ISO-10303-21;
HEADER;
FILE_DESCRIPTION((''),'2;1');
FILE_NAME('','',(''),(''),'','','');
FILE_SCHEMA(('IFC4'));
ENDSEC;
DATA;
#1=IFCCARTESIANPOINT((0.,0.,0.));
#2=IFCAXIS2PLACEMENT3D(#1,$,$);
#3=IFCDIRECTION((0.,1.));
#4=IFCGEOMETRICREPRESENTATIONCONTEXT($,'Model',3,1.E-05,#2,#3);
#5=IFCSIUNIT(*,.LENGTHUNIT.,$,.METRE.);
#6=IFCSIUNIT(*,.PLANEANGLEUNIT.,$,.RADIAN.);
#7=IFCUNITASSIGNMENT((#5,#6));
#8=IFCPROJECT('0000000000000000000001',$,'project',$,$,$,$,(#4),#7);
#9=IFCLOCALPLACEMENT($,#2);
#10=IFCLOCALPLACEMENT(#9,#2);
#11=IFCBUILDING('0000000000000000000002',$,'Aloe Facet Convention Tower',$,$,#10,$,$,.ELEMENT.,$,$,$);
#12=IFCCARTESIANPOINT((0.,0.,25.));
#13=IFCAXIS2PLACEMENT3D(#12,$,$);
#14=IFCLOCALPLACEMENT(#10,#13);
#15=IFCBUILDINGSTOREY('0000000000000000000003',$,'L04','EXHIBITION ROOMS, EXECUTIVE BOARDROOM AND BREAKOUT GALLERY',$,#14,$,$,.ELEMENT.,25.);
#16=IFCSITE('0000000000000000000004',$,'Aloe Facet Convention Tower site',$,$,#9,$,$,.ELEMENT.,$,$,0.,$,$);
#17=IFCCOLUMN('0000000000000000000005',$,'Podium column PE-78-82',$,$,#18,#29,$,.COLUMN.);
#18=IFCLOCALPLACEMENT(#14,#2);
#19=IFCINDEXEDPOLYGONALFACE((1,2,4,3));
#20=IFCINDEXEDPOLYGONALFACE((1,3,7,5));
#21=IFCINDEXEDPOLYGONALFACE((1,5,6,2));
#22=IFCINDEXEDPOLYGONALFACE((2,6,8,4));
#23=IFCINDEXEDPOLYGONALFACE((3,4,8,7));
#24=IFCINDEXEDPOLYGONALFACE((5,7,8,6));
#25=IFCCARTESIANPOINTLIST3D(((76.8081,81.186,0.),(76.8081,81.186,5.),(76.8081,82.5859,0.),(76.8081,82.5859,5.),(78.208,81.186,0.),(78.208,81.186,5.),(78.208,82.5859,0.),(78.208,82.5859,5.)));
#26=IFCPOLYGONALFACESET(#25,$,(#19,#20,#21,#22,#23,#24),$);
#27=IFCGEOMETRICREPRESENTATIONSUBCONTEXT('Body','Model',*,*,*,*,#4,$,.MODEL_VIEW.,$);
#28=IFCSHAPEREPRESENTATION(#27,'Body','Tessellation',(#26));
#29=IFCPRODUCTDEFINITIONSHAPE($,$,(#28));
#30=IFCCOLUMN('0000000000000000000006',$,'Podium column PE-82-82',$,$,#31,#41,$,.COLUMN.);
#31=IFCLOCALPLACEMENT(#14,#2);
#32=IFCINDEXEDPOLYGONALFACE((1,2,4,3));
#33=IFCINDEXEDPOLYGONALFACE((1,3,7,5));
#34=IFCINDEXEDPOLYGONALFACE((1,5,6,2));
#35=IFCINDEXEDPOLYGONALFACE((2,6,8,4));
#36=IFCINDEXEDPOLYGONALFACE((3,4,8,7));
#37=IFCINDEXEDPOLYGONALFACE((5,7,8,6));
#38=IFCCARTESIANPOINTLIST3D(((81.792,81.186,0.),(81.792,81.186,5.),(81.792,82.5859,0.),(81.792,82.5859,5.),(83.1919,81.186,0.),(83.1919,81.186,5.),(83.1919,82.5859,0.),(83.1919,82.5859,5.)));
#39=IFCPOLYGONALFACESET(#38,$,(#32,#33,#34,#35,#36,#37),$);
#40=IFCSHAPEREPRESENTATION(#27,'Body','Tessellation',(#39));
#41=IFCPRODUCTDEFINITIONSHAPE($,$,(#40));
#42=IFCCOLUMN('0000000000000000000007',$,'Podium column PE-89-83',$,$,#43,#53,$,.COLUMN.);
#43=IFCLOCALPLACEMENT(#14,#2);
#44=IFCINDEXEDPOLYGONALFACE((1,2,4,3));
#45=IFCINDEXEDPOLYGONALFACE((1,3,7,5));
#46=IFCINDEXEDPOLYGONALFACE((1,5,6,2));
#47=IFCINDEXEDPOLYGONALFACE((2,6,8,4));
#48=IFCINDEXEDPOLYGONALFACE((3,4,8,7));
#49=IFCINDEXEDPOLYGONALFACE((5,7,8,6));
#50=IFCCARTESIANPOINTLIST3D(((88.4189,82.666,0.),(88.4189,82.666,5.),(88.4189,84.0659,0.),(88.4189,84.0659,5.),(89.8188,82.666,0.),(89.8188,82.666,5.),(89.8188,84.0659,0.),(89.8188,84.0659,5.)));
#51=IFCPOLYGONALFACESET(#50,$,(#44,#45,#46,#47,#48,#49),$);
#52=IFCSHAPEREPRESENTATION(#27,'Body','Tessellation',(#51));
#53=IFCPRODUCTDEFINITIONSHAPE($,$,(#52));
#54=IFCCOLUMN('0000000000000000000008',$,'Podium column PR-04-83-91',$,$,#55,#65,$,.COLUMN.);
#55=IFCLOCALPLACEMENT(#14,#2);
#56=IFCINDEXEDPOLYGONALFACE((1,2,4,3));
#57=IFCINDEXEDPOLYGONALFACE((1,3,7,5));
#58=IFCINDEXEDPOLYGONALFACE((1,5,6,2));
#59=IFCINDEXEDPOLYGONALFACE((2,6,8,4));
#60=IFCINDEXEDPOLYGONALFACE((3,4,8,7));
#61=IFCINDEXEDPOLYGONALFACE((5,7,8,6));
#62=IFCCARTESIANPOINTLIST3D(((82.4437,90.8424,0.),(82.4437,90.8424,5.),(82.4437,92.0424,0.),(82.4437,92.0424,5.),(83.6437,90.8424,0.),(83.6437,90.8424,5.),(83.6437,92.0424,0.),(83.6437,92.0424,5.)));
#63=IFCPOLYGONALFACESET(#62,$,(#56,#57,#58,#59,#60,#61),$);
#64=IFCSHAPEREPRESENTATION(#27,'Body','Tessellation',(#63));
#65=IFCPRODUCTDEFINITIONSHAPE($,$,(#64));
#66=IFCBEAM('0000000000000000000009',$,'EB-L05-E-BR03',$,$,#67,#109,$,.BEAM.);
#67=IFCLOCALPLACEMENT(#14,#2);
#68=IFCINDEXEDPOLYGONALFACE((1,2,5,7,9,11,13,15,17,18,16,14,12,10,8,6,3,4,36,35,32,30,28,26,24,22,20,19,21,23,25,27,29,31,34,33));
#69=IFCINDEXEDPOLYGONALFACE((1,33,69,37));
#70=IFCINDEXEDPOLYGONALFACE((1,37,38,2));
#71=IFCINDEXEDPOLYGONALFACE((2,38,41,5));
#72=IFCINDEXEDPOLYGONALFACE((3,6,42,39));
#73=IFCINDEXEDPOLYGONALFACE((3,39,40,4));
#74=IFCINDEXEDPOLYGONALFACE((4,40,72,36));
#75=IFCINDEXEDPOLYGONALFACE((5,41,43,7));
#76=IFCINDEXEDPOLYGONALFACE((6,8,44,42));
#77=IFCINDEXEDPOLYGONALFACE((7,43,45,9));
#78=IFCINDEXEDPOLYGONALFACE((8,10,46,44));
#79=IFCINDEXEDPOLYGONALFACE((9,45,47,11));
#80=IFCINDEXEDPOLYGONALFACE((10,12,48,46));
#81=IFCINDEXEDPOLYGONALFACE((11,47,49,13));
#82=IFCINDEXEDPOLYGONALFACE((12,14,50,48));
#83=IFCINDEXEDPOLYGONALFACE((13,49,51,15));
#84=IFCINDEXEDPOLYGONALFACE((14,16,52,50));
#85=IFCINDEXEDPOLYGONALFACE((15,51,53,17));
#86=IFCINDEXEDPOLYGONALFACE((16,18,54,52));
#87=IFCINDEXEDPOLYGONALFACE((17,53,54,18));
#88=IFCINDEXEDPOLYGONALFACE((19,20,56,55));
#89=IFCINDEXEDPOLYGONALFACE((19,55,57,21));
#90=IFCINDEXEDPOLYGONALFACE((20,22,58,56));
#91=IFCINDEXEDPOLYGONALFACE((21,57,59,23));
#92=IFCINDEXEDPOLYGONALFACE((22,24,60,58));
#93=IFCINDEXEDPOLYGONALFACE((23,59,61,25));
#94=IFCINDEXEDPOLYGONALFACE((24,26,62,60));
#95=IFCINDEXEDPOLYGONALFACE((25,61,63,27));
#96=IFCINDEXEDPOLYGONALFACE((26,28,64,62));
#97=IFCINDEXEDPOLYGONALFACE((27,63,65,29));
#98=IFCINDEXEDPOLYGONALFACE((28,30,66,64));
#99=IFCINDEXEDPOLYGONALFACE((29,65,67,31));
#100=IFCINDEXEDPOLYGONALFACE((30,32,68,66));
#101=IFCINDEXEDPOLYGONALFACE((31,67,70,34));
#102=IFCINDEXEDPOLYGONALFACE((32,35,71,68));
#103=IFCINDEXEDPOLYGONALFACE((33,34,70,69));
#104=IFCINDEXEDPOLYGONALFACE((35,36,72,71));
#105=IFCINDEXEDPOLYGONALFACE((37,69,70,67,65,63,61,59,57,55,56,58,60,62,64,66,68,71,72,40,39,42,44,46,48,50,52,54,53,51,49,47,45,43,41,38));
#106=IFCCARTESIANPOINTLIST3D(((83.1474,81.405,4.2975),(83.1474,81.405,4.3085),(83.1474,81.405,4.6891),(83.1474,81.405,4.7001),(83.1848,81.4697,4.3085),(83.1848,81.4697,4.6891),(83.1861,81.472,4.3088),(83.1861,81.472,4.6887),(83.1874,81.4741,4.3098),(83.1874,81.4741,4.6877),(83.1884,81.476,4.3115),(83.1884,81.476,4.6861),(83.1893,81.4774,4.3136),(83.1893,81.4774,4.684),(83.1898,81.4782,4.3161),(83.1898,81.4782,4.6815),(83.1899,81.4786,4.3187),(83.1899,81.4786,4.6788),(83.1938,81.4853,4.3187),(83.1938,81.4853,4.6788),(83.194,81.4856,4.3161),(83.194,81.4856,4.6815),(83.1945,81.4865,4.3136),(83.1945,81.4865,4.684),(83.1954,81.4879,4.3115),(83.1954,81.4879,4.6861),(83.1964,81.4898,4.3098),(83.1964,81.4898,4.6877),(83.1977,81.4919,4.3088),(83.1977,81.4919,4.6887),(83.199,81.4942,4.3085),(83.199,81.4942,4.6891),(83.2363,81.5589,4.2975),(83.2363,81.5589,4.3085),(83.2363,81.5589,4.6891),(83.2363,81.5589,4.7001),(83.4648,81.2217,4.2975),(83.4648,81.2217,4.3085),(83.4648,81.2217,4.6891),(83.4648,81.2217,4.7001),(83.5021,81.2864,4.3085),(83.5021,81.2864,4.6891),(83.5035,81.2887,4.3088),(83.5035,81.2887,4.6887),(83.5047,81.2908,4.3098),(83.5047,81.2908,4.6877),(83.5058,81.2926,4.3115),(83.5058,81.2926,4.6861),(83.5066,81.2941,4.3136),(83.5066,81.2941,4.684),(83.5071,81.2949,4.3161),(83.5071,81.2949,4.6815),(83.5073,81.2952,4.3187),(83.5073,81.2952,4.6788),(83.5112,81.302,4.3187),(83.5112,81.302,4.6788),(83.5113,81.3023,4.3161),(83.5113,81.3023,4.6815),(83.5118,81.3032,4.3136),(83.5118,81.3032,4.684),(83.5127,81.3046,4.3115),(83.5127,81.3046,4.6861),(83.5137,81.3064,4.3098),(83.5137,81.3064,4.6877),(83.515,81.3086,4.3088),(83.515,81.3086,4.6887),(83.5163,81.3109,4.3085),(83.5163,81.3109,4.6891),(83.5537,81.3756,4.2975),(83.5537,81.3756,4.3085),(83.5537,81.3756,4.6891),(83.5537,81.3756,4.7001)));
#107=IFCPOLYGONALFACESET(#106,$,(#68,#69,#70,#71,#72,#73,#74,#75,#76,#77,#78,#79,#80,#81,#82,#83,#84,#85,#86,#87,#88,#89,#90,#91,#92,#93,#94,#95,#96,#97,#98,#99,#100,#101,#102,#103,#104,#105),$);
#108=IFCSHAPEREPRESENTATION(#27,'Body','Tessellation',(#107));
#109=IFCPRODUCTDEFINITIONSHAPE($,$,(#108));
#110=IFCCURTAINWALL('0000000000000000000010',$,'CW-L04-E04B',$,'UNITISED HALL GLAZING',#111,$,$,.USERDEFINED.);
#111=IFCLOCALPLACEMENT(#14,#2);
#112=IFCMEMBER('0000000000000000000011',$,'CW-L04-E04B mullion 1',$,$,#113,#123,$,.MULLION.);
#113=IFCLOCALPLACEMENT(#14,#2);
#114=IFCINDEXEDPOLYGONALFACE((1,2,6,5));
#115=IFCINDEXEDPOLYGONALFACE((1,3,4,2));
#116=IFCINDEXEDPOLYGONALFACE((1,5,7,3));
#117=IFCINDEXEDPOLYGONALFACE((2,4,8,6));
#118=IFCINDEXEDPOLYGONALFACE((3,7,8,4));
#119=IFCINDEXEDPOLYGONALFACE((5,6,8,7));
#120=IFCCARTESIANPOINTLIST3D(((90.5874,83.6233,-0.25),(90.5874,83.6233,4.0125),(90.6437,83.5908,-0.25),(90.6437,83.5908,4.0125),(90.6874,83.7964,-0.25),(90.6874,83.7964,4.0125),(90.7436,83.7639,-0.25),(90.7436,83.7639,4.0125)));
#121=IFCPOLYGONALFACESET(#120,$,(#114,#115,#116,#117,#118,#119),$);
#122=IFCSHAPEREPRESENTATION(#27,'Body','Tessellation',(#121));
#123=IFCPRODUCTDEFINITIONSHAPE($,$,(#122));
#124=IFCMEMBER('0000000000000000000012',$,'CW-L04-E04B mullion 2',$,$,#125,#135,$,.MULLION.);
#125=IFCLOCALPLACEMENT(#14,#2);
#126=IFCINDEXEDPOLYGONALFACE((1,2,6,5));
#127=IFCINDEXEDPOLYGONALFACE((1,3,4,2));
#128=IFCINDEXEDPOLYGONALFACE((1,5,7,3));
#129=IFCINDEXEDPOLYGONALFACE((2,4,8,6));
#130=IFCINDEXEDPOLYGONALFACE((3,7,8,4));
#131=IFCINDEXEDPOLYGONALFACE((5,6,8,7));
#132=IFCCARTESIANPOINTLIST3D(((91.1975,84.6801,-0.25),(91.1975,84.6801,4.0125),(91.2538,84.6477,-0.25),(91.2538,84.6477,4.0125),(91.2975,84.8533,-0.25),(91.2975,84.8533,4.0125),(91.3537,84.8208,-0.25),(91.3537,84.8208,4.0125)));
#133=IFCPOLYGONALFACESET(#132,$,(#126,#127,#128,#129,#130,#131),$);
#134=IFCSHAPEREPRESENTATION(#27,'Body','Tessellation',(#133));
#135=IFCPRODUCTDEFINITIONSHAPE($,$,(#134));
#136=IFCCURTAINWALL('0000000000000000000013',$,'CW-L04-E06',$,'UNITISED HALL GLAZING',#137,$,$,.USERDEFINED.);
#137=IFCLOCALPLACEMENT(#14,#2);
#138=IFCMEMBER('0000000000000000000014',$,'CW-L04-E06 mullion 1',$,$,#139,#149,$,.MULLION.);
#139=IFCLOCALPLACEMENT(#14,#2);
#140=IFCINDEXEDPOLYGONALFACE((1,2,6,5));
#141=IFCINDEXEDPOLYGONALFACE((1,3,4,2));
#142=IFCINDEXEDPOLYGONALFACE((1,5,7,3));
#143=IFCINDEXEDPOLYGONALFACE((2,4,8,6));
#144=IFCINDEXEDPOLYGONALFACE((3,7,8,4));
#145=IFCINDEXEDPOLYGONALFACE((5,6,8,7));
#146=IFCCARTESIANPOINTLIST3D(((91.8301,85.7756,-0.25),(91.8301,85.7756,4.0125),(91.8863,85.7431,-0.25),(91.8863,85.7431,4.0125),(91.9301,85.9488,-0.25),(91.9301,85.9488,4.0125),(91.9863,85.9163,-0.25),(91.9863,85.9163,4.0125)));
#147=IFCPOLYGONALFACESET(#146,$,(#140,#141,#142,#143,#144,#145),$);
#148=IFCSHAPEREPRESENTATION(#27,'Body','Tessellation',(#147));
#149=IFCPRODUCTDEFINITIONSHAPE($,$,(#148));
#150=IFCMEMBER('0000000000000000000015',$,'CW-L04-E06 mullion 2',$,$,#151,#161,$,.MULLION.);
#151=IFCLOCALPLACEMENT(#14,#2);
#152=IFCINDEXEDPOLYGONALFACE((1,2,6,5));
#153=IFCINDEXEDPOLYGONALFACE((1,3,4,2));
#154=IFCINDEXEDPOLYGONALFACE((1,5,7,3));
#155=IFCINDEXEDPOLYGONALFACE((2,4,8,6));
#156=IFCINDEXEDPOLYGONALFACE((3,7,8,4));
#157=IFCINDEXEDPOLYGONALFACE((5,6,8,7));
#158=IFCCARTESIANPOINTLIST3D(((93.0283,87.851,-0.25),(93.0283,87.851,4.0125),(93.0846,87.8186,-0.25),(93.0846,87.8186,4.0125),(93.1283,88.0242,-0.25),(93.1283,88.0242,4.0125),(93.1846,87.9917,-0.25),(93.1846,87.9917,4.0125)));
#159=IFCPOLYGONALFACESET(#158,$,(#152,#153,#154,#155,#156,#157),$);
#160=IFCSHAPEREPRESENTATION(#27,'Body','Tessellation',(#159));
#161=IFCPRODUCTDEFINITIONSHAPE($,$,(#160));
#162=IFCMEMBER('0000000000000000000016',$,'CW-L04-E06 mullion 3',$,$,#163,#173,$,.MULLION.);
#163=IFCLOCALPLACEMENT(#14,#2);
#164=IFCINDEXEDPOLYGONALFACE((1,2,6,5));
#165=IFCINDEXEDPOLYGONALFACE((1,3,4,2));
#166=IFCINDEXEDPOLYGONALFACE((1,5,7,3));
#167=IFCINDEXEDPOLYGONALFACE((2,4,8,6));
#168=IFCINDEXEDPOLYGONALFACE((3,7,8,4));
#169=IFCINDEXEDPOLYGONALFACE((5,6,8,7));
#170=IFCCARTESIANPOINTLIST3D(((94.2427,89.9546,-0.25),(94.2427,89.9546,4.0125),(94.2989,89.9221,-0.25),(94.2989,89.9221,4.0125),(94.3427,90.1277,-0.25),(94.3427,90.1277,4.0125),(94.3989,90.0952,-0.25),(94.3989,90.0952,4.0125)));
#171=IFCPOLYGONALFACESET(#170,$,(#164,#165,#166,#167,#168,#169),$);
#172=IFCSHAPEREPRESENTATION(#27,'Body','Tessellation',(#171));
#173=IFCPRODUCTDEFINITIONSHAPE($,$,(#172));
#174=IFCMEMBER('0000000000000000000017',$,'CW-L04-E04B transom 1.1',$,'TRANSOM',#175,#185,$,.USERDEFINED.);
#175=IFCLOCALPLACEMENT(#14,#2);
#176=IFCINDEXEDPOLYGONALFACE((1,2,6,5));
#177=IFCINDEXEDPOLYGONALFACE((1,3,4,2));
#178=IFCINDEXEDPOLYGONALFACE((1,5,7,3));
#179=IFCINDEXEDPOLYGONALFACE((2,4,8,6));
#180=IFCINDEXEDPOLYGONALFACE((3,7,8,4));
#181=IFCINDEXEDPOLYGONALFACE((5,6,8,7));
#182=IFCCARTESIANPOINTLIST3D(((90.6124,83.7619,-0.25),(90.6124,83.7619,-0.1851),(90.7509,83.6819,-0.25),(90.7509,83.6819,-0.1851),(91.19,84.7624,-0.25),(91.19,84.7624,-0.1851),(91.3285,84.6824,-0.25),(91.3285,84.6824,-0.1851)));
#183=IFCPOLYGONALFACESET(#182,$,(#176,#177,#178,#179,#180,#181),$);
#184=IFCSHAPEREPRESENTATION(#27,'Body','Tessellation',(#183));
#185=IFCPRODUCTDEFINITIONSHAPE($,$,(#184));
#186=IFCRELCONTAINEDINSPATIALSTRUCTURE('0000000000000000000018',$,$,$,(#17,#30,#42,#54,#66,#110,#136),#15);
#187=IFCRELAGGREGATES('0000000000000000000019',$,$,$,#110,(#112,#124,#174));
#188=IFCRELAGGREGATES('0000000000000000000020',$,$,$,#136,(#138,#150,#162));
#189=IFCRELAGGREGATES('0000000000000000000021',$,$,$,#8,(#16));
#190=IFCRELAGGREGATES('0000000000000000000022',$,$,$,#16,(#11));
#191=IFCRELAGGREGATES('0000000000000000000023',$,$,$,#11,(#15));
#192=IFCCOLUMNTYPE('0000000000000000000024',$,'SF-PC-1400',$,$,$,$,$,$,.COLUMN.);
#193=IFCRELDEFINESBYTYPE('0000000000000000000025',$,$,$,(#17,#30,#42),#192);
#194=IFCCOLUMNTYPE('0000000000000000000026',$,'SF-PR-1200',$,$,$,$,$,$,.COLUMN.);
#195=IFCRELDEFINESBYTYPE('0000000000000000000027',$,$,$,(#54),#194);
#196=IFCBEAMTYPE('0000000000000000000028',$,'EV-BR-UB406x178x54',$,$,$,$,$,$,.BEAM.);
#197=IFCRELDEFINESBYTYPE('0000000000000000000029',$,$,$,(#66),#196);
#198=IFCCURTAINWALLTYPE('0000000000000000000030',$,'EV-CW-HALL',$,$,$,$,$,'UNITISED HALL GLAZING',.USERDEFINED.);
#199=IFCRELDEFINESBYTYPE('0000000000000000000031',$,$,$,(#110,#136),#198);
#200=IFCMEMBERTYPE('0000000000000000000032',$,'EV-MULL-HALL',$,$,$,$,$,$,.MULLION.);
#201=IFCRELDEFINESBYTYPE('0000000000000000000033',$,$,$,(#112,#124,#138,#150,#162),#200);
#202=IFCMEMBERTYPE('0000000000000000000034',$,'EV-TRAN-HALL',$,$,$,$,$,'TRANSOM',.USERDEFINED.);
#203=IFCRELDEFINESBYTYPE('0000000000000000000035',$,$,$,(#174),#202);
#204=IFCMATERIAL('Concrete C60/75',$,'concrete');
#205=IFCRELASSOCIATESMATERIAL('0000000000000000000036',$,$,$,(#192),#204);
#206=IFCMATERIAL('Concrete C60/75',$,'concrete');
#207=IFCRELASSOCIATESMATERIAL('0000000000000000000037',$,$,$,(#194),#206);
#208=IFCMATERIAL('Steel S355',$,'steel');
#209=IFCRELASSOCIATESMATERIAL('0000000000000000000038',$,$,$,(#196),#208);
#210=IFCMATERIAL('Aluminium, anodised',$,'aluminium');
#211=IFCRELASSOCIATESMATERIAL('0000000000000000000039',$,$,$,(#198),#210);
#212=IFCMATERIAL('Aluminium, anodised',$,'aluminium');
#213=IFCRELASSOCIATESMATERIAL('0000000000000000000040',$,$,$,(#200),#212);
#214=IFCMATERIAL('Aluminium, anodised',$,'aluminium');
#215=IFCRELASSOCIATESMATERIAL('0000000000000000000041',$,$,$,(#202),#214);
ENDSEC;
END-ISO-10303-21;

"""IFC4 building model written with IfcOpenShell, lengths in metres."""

from ifc_helpers import new_model, si_unit, direction, frame, origin, origin_2d, place, context, subcontext, project, spatial, rectangle, i_section, extrude, material, material_profile, profile_set, type_object, element, aggregate, save


model = new_model("IFC4")

# Units and contexts
model_context = context("Model", 3, precision=1e-05, world=origin(), true_north=direction((0.0, 1.0)))
body_context = subcontext(model_context, "Body", "Model", "MODEL_VIEW")
ifc_project = project(units=[si_unit("LENGTHUNIT", "METRE"), si_unit("PLANEANGLEUNIT", "RADIAN")], contexts=[model_context])

# Site, building, storey
site_placement = place(None, origin())
site = spatial("IfcSite", under=ifc_project, at=site_placement, Name="Aloe Facet Convention Tower site", CompositionType="ELEMENT", RefElevation=0.0)
building_placement = place(site_placement, origin())
building = spatial("IfcBuilding", under=site, at=building_placement, Name="Aloe Facet Convention Tower", CompositionType="ELEMENT")
storey_placement = place(building_placement, frame((0.0, 0.0, 25.0)))
storey = spatial("IfcBuildingStorey", under=building, at=storey_placement, Name="L04", Description="EXHIBITION ROOMS, EXECUTIVE BOARDROOM AND BREAKOUT GALLERY", CompositionType="ELEMENT", Elevation=25.0)

# Columns
ifc_material_1 = material(Name="Concrete C60/75", Category="concrete")
ifc_material_profile_1 = material_profile(ifc_material_1, rectangle(XDim=1.3999, YDim=1.3999, at=origin_2d()), Name="SF-PC-1400")
ifc_profile_set_1 = profile_set([ifc_material_profile_1], Name="Concrete C60/75")
column_type_1 = type_object("IfcColumnType", Name="SF-PC-1400", PredefinedType="COLUMN", material=ifc_profile_set_1)
for number, where, z_axis, x_axis, name in (
    (1, (77.5081, 81.886, 0.0), (0.0, 0.0, 1.0), (1.0, 0.0, 0.0), "Podium column PE-78-82"),
    (2, (82.4919, 81.886, 0.0), (0.0, 0.0, 1.0), (1.0, 0.0, 0.0), "Podium column PE-82-82"),
    (3, (89.1189, 83.366, 0.0), (0.0, 0.0, 1.0), (1.0, 0.0, 0.0), "Podium column PE-89-83"),
):
    element("IfcColumn", number, at=place(storey_placement, frame(where, z_axis=z_axis, x_axis=x_axis)), inside=storey, type_object=column_type_1, Name=name, PredefinedType="COLUMN", context=body_context, shape_type="SweptSolid", body=[
        extrude(rectangle(XDim=1.3999, YDim=1.3999, at=origin_2d()), origin(), (0.0, 0.0, 1.0), 5.0),
    ])
ifc_material_2 = material(Name="Concrete C60/75", Category="concrete")
ifc_material_profile_2 = material_profile(ifc_material_2, rectangle(XDim=1.2, YDim=1.2, at=origin_2d()), Name="SF-PR-1200")
ifc_profile_set_2 = profile_set([ifc_material_profile_2], Name="Concrete C60/75")
column_type_2 = type_object("IfcColumnType", Name="SF-PR-1200", PredefinedType="COLUMN", material=ifc_profile_set_2)
column_placement = place(storey_placement, frame((83.0437, 91.4424, 0.0), z_axis=(0.0, 0.0, 1.0), x_axis=(1.0, 0.0, 0.0)))
element("IfcColumn", 4, at=column_placement, inside=storey, type_object=column_type_2, Name="Podium column PR-04-83-91", PredefinedType="COLUMN", context=body_context, shape_type="SweptSolid", body=[
    extrude(rectangle(XDim=1.2, YDim=1.2, at=origin_2d()), origin(), (0.0, 0.0, 1.0), 5.0),
])

# Beam
ifc_material_3 = material(Name="Steel S355", Category="steel")
ifc_material_profile_3 = material_profile(ifc_material_3, i_section(OverallWidth=0.1777, OverallDepth=0.4026, WebThickness=0.0078, FlangeThickness=0.011, FilletRadius=0.0103, at=origin_2d()), Name="UB 406x178x54")
ifc_profile_set_3 = profile_set([ifc_material_profile_3], Name="Steel S355")
beam_type_1 = type_object("IfcBeamType", Name="EV-BR-UB406x178x54", PredefinedType="BEAM", material=ifc_profile_set_3)
beam_1_placement = place(storey_placement, frame((83.1919, 81.4819, 4.4988), z_axis=(0.865897, -0.500222, 0.0), x_axis=(0.500222, 0.865897, 0.0)))
element("IfcBeam", 5, at=beam_1_placement, inside=storey, type_object=beam_type_1, Name="EB-L05-E-BR03", PredefinedType="BEAM", context=body_context, shape_type="SweptSolid", body=[
    extrude(i_section(OverallWidth=0.1777, OverallDepth=0.4026, WebThickness=0.0078, FlangeThickness=0.011, FilletRadius=0.0103, at=origin_2d()), origin(), (0.0, 0.0, 1.0), 0.3665),
])

# Curtain walls, members
ifc_material_4 = material(Name="Aluminium, anodised", Category="aluminium")
curtain_wall_type = type_object("IfcCurtainWallType", Name="EV-CW-HALL", ElementType="UNITISED HALL GLAZING", PredefinedType="USERDEFINED", material=ifc_material_4)
curtain_wall_1_placement = place(storey_placement, origin())
curtain_wall_1 = element("IfcCurtainWall", 6, at=curtain_wall_1_placement, inside=storey, type_object=curtain_wall_type, Name="CW-L04-E04B", ObjectType="UNITISED HALL GLAZING", PredefinedType="USERDEFINED")
ifc_material_5 = material(Name="Aluminium, anodised", Category="aluminium")
ifc_material_profile_4 = material_profile(ifc_material_5, rectangle(XDim=0.0649, YDim=0.2, at=origin_2d()), Name="AL 65x200")
ifc_profile_set_4 = profile_set([ifc_material_profile_4], Name="Aluminium, anodised")
member_type_1 = type_object("IfcMemberType", Name="EV-MULL-HALL", PredefinedType="MULLION", material=ifc_profile_set_4)
member_1_placement = place(storey_placement, frame((90.6655, 83.6936, -0.25), z_axis=(0.0, 0.0, 1.0), x_axis=(-0.866025, 0.5, 0.0)))
member_1 = element("IfcMember", 7, at=member_1_placement, type_object=member_type_1, Name="CW-L04-E04B mullion 1", PredefinedType="MULLION", context=body_context, shape_type="SweptSolid", body=[
    extrude(rectangle(XDim=0.0649, YDim=0.2, at=origin_2d()), origin(), (0.0, 0.0, 1.0), 4.2625),
])
member_2_placement = place(storey_placement, frame((91.2756, 84.7505, -0.25), z_axis=(0.0, 0.0, 1.0), x_axis=(-0.866025, 0.5, 0.0)))
member_2 = element("IfcMember", 8, at=member_2_placement, type_object=member_type_1, Name="CW-L04-E04B mullion 2", PredefinedType="MULLION", context=body_context, shape_type="SweptSolid", body=[
    extrude(rectangle(XDim=0.0649, YDim=0.2, at=origin_2d()), origin(), (0.0, 0.0, 1.0), 4.2625),
])
curtain_wall_2_placement = place(storey_placement, origin())
curtain_wall_2 = element("IfcCurtainWall", 9, at=curtain_wall_2_placement, inside=storey, type_object=curtain_wall_type, Name="CW-L04-E06", ObjectType="UNITISED HALL GLAZING", PredefinedType="USERDEFINED")
member_3_placement = place(storey_placement, frame((91.9082, 85.8459, -0.25), z_axis=(0.0, 0.0, 1.0), x_axis=(-0.866025, 0.5, 0.0)))
member_3 = element("IfcMember", 10, at=member_3_placement, type_object=member_type_1, Name="CW-L04-E06 mullion 1", PredefinedType="MULLION", context=body_context, shape_type="SweptSolid", body=[
    extrude(rectangle(XDim=0.0649, YDim=0.2, at=origin_2d()), origin(), (0.0, 0.0, 1.0), 4.2625),
])
member_4_placement = place(storey_placement, frame((93.1064, 87.9214, -0.25), z_axis=(0.0, 0.0, 1.0), x_axis=(-0.866025, 0.5, 0.0)))
member_4 = element("IfcMember", 11, at=member_4_placement, type_object=member_type_1, Name="CW-L04-E06 mullion 2", PredefinedType="MULLION", context=body_context, shape_type="SweptSolid", body=[
    extrude(rectangle(XDim=0.0649, YDim=0.2, at=origin_2d()), origin(), (0.0, 0.0, 1.0), 4.2625),
])
member_5_placement = place(storey_placement, frame((94.3208, 90.0249, -0.25), z_axis=(0.0, 0.0, 1.0), x_axis=(-0.866025, 0.5, 0.0)))
member_5 = element("IfcMember", 12, at=member_5_placement, type_object=member_type_1, Name="CW-L04-E06 mullion 3", PredefinedType="MULLION", context=body_context, shape_type="SweptSolid", body=[
    extrude(rectangle(XDim=0.0649, YDim=0.2, at=origin_2d()), origin(), (0.0, 0.0, 1.0), 4.2625),
])

# Member
ifc_material_6 = material(Name="Aluminium, anodised", Category="aluminium")
ifc_material_profile_5 = material_profile(ifc_material_6, rectangle(XDim=0.1599, YDim=0.0649, at=origin_2d()), Name="AL 160x65")
ifc_profile_set_5 = profile_set([ifc_material_profile_5], Name="Aluminium, anodised")
member_type_2 = type_object("IfcMemberType", Name="EV-TRAN-HALL", ElementType="TRANSOM", PredefinedType="USERDEFINED", material=ifc_profile_set_5)
member_6_placement = place(storey_placement, frame((90.6816, 83.7219, -0.2175), z_axis=(0.500003, 0.866024, 0.0), x_axis=(-0.866024, 0.500003, 0.0)))
member_6 = element("IfcMember", 13, at=member_6_placement, type_object=member_type_2, Name="CW-L04-E04B transom 1.1", ObjectType="TRANSOM", PredefinedType="USERDEFINED", context=body_context, shape_type="SweptSolid", body=[
    extrude(rectangle(XDim=0.1599, YDim=0.0649, at=origin_2d()), origin(), (0.0, 0.0, 1.0), 1.1553),
])

aggregate(curtain_wall_1, [member_1, member_2, member_6])
aggregate(curtain_wall_2, [member_3, member_4, member_5])

save(model, "model.ifc")
